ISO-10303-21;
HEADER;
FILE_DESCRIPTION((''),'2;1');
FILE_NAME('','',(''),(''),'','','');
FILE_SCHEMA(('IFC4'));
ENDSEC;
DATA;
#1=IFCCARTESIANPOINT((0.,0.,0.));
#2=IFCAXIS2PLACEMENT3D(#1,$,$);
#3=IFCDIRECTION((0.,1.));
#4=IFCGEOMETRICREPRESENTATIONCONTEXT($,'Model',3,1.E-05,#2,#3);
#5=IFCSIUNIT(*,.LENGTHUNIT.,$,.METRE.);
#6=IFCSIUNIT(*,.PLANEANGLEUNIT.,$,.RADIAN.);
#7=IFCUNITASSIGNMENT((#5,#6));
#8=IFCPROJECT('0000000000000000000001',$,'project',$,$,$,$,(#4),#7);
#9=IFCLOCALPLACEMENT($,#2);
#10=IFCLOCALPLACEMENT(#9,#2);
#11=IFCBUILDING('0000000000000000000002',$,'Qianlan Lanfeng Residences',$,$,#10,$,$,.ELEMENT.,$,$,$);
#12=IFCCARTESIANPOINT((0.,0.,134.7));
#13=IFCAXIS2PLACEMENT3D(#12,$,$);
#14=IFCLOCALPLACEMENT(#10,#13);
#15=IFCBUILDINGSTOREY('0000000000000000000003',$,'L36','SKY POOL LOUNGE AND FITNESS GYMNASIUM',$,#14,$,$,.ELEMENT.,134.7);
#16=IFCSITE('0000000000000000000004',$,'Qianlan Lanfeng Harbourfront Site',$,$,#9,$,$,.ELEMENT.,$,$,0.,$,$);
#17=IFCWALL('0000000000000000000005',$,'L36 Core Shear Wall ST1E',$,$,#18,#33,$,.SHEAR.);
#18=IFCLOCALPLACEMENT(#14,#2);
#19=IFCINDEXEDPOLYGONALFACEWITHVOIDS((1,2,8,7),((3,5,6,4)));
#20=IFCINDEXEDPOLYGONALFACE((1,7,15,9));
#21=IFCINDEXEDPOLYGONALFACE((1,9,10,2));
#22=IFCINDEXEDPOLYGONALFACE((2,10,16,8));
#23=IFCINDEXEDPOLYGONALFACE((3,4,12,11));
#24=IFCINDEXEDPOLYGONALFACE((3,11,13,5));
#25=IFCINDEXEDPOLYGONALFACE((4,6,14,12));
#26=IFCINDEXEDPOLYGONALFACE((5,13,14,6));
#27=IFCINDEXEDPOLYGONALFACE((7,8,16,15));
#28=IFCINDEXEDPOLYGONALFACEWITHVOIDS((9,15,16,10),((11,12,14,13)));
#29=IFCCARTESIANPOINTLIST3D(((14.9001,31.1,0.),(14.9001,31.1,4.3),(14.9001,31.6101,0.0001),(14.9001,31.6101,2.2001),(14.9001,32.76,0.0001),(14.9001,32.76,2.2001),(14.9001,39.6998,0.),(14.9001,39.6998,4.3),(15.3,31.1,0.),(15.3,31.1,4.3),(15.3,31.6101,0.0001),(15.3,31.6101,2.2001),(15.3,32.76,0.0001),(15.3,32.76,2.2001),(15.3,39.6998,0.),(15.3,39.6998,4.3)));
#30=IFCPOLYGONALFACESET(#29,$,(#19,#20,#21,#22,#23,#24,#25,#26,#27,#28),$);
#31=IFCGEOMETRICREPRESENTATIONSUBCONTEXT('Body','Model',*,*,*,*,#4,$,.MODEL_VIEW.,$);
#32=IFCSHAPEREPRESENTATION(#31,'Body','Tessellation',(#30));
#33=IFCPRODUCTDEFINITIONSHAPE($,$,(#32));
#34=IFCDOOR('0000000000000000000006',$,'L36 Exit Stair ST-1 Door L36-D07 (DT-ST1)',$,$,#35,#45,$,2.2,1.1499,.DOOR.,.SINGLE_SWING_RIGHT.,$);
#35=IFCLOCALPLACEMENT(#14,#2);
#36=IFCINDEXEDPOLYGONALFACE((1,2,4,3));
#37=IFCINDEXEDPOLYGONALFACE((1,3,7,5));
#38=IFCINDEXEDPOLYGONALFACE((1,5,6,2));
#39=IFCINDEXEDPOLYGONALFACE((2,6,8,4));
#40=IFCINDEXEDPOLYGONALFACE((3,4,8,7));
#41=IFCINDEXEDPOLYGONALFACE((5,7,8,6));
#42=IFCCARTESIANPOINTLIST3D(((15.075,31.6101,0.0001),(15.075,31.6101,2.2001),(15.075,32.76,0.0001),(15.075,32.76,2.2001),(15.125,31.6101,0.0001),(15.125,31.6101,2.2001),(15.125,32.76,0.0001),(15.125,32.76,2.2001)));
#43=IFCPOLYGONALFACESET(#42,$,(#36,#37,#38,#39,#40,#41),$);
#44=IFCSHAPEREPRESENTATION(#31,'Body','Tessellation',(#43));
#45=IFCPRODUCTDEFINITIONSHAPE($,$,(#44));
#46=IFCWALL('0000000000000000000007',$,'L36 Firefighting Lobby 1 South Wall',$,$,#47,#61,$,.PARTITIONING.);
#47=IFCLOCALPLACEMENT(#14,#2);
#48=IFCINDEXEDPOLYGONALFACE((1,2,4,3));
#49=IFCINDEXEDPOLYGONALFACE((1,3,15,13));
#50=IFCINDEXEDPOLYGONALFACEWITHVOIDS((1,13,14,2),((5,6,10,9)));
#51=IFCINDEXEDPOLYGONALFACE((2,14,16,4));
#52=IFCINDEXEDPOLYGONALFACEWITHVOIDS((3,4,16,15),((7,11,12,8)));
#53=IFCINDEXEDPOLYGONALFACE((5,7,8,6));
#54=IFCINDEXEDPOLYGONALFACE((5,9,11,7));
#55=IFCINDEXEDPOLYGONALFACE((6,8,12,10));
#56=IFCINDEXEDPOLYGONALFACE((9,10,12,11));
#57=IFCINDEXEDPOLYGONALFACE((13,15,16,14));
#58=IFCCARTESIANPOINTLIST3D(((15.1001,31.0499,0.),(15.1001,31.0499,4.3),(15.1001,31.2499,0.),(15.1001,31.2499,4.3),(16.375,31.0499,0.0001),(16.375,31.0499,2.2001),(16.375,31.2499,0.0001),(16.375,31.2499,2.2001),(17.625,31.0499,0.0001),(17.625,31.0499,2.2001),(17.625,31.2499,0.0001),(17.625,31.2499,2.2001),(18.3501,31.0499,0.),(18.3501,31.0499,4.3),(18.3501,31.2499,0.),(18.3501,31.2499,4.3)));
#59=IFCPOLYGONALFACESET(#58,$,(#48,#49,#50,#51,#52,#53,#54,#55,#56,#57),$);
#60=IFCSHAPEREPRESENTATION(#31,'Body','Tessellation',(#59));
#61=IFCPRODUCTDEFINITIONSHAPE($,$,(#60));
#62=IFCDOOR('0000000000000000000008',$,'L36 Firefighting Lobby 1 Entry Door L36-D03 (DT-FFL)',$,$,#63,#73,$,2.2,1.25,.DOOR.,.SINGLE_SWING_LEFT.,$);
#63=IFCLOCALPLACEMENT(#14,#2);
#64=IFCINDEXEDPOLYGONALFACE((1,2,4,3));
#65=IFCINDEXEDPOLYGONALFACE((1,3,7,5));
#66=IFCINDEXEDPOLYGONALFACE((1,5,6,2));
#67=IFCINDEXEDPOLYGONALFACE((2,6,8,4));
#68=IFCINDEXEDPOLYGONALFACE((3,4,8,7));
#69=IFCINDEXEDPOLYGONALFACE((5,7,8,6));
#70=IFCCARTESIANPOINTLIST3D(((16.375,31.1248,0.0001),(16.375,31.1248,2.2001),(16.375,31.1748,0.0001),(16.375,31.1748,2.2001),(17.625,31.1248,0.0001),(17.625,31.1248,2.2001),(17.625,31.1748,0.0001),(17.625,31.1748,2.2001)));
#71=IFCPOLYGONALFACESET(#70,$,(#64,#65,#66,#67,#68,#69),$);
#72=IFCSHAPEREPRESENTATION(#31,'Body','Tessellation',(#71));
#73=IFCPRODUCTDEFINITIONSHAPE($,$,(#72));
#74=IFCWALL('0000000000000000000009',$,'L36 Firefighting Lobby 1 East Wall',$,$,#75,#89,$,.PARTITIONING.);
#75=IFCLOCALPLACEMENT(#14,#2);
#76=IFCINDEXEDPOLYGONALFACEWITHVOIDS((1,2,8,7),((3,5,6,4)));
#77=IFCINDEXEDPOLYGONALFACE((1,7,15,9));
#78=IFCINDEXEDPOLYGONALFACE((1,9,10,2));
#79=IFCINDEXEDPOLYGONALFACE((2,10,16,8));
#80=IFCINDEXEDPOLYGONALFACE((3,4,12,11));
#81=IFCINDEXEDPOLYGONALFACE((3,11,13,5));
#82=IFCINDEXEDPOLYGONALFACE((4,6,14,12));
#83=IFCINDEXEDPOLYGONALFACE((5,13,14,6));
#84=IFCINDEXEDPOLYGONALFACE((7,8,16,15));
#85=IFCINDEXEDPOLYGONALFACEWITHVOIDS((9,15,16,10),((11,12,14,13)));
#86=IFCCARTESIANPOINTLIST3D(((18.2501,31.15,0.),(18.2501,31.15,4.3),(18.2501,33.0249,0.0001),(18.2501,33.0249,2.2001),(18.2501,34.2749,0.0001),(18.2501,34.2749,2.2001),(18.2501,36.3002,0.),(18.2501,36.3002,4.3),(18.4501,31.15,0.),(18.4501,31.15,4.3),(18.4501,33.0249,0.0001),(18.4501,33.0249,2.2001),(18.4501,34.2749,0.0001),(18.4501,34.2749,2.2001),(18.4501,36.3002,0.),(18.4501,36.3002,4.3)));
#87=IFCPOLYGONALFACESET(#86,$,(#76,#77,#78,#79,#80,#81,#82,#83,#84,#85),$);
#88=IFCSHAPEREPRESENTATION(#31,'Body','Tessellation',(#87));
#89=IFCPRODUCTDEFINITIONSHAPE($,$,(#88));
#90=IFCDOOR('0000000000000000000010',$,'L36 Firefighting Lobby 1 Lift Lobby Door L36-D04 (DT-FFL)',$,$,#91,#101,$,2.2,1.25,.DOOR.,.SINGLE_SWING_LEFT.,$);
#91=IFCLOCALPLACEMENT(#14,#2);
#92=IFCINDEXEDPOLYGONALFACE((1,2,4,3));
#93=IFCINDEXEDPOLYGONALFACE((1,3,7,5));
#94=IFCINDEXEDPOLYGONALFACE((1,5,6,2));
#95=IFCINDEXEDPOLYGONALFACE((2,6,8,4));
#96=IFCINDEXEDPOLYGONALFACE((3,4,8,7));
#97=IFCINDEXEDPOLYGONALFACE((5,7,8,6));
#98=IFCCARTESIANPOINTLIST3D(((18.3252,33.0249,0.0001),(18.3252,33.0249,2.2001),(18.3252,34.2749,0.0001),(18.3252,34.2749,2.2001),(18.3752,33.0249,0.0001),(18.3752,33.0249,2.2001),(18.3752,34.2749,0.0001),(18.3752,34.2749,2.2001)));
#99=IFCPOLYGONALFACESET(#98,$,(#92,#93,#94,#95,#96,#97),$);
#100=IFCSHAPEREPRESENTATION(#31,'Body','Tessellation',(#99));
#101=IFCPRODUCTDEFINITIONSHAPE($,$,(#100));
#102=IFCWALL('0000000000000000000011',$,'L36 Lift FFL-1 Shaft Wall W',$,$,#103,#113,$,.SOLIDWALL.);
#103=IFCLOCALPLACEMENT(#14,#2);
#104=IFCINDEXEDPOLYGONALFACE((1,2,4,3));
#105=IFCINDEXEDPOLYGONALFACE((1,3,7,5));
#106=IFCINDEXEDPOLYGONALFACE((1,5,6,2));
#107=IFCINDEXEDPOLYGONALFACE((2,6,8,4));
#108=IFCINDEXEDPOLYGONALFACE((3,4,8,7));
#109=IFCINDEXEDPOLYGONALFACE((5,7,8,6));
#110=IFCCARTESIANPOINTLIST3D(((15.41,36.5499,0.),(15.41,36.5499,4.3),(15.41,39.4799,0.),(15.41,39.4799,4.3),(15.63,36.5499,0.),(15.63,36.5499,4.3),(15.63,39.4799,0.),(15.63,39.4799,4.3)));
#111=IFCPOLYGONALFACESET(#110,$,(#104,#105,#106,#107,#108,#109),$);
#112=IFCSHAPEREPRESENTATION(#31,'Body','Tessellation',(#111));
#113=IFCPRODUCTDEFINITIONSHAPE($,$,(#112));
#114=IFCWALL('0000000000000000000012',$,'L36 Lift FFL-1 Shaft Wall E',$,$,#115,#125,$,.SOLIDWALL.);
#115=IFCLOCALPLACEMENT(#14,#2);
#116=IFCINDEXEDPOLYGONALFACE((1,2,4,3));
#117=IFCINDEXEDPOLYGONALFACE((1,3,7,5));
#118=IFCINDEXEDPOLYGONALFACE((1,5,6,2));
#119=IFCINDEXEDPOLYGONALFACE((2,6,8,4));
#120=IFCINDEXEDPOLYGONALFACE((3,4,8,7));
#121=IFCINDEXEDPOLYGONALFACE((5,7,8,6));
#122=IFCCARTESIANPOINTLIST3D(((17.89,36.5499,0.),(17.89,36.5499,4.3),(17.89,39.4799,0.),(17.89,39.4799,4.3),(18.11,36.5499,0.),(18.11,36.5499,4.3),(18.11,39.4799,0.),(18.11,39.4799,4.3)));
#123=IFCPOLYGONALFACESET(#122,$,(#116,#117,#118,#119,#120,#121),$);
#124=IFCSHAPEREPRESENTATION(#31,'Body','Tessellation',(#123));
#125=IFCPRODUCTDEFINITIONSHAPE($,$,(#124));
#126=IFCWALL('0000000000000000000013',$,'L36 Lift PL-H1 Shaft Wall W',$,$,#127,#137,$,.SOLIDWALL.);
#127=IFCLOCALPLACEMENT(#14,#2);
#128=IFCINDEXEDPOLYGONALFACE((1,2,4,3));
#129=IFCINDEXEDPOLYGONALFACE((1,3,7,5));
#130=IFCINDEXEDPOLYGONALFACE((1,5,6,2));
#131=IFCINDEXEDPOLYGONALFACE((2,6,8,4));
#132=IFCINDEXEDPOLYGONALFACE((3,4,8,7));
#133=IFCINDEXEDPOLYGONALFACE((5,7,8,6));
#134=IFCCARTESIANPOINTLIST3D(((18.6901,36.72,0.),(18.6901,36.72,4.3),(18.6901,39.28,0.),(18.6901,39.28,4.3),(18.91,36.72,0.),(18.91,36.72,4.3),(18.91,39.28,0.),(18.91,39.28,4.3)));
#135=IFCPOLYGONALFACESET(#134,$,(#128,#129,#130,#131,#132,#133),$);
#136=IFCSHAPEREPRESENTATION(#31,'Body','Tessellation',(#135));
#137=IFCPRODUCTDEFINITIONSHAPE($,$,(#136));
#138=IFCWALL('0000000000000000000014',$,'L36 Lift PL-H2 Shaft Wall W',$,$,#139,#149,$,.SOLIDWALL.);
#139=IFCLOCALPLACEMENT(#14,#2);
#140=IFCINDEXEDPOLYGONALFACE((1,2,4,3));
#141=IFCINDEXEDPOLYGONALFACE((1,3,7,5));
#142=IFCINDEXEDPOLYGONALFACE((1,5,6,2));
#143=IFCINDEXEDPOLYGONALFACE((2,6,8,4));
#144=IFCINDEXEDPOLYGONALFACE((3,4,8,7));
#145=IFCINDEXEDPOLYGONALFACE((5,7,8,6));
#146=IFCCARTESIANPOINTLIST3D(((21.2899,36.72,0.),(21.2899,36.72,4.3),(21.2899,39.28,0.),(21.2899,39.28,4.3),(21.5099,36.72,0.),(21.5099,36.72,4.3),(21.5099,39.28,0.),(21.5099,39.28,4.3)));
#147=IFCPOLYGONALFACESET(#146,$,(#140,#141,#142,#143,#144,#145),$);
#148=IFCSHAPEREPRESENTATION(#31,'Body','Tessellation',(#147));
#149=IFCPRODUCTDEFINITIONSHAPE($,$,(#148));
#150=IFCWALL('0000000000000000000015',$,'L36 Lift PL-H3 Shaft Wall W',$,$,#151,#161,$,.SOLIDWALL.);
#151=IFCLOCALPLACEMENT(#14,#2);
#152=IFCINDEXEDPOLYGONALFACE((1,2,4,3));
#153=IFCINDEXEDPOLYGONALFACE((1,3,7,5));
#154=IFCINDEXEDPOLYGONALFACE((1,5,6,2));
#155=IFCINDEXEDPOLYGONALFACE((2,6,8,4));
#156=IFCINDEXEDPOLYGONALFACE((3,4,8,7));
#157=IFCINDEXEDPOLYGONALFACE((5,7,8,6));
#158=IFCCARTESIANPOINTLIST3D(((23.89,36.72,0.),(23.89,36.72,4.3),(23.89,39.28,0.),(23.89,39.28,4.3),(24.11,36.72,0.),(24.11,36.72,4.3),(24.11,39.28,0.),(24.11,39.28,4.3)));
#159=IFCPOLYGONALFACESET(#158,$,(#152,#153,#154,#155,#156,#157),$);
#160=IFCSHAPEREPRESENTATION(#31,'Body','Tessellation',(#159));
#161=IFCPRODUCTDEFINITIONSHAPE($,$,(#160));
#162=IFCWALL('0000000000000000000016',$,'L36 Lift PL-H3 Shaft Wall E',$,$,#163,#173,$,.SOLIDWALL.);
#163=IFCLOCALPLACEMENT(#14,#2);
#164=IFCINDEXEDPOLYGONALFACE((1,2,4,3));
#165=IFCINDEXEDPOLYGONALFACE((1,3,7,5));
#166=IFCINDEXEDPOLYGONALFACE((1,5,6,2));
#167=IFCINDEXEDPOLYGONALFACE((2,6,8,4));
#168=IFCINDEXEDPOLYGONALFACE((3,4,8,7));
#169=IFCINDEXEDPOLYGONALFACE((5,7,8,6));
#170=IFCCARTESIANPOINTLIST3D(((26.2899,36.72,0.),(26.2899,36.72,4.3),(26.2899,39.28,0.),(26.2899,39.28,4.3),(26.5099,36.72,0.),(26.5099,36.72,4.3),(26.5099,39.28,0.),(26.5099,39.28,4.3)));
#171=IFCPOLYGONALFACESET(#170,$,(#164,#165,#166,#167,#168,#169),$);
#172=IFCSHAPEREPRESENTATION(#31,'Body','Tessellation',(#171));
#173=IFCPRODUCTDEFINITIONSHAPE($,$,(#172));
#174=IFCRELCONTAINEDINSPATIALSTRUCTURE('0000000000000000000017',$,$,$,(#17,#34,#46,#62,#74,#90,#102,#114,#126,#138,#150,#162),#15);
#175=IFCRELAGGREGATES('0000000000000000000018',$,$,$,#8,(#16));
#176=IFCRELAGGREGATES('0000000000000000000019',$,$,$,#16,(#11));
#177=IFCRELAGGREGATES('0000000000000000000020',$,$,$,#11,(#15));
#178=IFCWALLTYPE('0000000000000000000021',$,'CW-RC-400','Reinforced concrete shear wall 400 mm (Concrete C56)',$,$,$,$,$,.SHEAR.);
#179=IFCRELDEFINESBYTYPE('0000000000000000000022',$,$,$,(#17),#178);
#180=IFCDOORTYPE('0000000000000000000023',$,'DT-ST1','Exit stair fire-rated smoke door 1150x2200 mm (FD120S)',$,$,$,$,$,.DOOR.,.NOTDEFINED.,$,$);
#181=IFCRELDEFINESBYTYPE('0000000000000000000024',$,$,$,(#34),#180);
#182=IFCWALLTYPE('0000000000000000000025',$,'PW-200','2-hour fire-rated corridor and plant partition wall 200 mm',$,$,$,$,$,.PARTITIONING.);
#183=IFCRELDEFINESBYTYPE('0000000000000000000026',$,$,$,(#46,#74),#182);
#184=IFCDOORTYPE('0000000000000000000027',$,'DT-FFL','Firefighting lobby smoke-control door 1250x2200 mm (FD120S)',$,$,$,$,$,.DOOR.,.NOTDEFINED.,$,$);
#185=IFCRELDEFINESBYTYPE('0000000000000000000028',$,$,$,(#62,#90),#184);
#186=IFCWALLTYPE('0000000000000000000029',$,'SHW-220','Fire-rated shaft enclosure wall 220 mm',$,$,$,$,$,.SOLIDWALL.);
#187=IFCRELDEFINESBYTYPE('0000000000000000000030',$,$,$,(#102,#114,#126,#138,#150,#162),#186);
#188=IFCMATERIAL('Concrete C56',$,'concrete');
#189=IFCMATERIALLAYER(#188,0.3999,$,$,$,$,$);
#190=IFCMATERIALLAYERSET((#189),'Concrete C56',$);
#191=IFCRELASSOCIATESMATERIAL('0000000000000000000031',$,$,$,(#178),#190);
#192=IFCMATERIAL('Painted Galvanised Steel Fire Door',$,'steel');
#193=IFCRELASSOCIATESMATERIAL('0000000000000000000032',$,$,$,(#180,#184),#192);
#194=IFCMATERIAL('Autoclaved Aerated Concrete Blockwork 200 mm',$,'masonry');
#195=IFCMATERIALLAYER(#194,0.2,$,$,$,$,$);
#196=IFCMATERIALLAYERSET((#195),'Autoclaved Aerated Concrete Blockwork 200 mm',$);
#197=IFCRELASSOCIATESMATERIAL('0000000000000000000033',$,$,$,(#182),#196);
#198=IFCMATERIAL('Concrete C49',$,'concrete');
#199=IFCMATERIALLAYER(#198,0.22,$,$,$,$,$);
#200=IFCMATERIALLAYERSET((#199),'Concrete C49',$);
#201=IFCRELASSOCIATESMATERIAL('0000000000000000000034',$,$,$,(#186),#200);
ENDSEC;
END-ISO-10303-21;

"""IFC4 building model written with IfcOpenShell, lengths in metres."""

from ifc_helpers import new_model, si_unit, direction, frame, frame_2d, origin, place, context, subcontext, project, spatial, rectangle, extrude, material, layer, layer_set, type_object, element, fill, save


model = new_model("IFC4")

# Units and contexts
model_context = context("Model", 3, precision=1e-05, world=origin(), true_north=direction((0.0, 1.0)))
body_context = subcontext(model_context, "Body", "Model", "MODEL_VIEW")
ifc_project = project(units=[si_unit("LENGTHUNIT", "METRE"), si_unit("PLANEANGLEUNIT", "RADIAN")], contexts=[model_context])

# Site, building, storey
site_placement = place(None, origin())
site = spatial("IfcSite", under=ifc_project, at=site_placement, Name="Qianlan Lanfeng Harbourfront Site", CompositionType="ELEMENT", RefElevation=0.0)
building_placement = place(site_placement, origin())
building = spatial("IfcBuilding", under=site, at=building_placement, Name="Qianlan Lanfeng Residences", CompositionType="ELEMENT")
storey_placement = place(building_placement, frame((0.0, 0.0, 134.7)))
storey = spatial("IfcBuildingStorey", under=building, at=storey_placement, Name="L36", Description="SKY POOL LOUNGE AND FITNESS GYMNASIUM", CompositionType="ELEMENT", Elevation=134.7)

# Wall, opening, door
ifc_material_1 = material(Name="Concrete C56", Category="concrete")
ifc_layer_1 = layer(ifc_material_1, 0.3999)
ifc_layer_set_1 = layer_set([ifc_layer_1], Name="Concrete C56")
wall_type_1 = type_object("IfcWallType", Name="CW-RC-400", Description="Reinforced concrete shear wall 400 mm (Concrete C56)", PredefinedType="SHEAR", material=ifc_layer_set_1)
wall_1_placement = place(storey_placement, frame((15.1001, 31.1001, 0.0), z_axis=(0.0, 0.0, 1.0), x_axis=(0.0, 1.0, 0.0)))
wall_1 = element("IfcWall", 1, at=wall_1_placement, inside=storey, type_object=wall_type_1, Name="L36 Core Shear Wall ST1E", PredefinedType="SHEAR", context=body_context, shape_type="SweptSolid", body=[
    extrude(rectangle(XDim=8.5999, YDim=0.3999, at=frame_2d((4.2998, 0.0))), origin(), (0.0, 0.0, 1.0), 4.3),
])
opening_1_placement = place(wall_1_placement, frame((0.51, 0.0, 0.0)))
opening_1 = element("IfcOpeningElement", 2, at=opening_1_placement, cuts=wall_1, PredefinedType="OPENING", context=body_context, shape_type="SweptSolid", body=[
    extrude(rectangle(XDim=1.1499, YDim=2.2, at=frame_2d((0.575, 1.1001))), frame((0.0, 0.21, 0.0), z_axis=(0.0, -1.0, 0.0), x_axis=(1.0, 0.0, 0.0)), (0.0, 0.0, 1.0), 0.4199),
])
ifc_material_2 = material(Name="Painted Galvanised Steel Fire Door", Category="steel")
door_type_1 = type_object("IfcDoorType", Name="DT-ST1", Description="Exit stair fire-rated smoke door 1150x2200 mm (FD120S)", OperationType="NOTDEFINED", PredefinedType="DOOR", material=ifc_material_2)
door_1_placement = place(opening_1_placement, frame((1.1499, 0.0, 0.0), z_axis=(0.0, 0.0, 1.0), x_axis=(-1.0, 0.0, 0.0)))
door_1 = element("IfcDoor", 3, at=door_1_placement, inside=storey, type_object=door_type_1, Name="L36 Exit Stair ST-1 Door L36-D07 (DT-ST1)", OperationType="SINGLE_SWING_RIGHT", OverallHeight=2.2, OverallWidth=1.1499, PredefinedType="DOOR", context=body_context, shape_type="SweptSolid", body=[
    extrude(rectangle(XDim=1.1499, YDim=2.2, at=frame_2d((0.575, 1.1001))), frame((0.0, 0.0249, 0.0), z_axis=(0.0, -1.0, 0.0), x_axis=(1.0, 0.0, 0.0)), (0.0, 0.0, 1.0), 0.05),
])
fill(opening_1, door_1)

# Walls, openings, doors
ifc_material_3 = material(Name="Autoclaved Aerated Concrete Blockwork 200 mm", Category="masonry")
ifc_layer_2 = layer(ifc_material_3, 0.2)
ifc_layer_set_2 = layer_set([ifc_layer_2], Name="Autoclaved Aerated Concrete Blockwork 200 mm")
wall_type_2 = type_object("IfcWallType", Name="PW-200", Description="2-hour fire-rated corridor and plant partition wall 200 mm", PredefinedType="PARTITIONING", material=ifc_layer_set_2)
wall_2_placement = place(storey_placement, frame((15.1001, 31.1499, 0.0), z_axis=(0.0, 0.0, 1.0), x_axis=(1.0, 0.0, 0.0)))
wall_2 = element("IfcWall", 4, at=wall_2_placement, inside=storey, type_object=wall_type_2, Name="L36 Firefighting Lobby 1 South Wall", PredefinedType="PARTITIONING", context=body_context, shape_type="SweptSolid", body=[
    extrude(rectangle(XDim=3.25, YDim=0.2, at=frame_2d((1.625, 0.0))), origin(), (0.0, 0.0, 1.0), 4.3),
])
opening_2_placement = place(wall_2_placement, frame((1.2749, 0.0, 0.0)))
opening_2 = element("IfcOpeningElement", 5, at=opening_2_placement, cuts=wall_2, PredefinedType="OPENING", context=body_context, shape_type="SweptSolid", body=[
    extrude(rectangle(XDim=1.25, YDim=2.2, at=frame_2d((0.625, 1.1001))), frame((0.0, 0.1099, 0.0), z_axis=(0.0, -1.0, 0.0), x_axis=(1.0, 0.0, 0.0)), (0.0, 0.0, 1.0), 0.22),
])
door_type_2 = type_object("IfcDoorType", Name="DT-FFL", Description="Firefighting lobby smoke-control door 1250x2200 mm (FD120S)", OperationType="NOTDEFINED", PredefinedType="DOOR", material=ifc_material_2)
door_2_placement = place(opening_2_placement, origin())
door_2 = element("IfcDoor", 6, at=door_2_placement, inside=storey, type_object=door_type_2, Name="L36 Firefighting Lobby 1 Entry Door L36-D03 (DT-FFL)", OperationType="SINGLE_SWING_LEFT", OverallHeight=2.2, OverallWidth=1.25, PredefinedType="DOOR", context=body_context, shape_type="SweptSolid", body=[
    extrude(rectangle(XDim=1.25, YDim=2.2, at=frame_2d((0.625, 1.1001))), frame((0.0, 0.0249, 0.0), z_axis=(0.0, -1.0, 0.0), x_axis=(1.0, 0.0, 0.0)), (0.0, 0.0, 1.0), 0.05),
])
fill(opening_2, door_2)
wall_3_placement = place(storey_placement, frame((18.3501, 31.1499, 0.0), z_axis=(0.0, 0.0, 1.0), x_axis=(0.0, 1.0, 0.0)))
wall_3 = element("IfcWall", 7, at=wall_3_placement, inside=storey, type_object=wall_type_2, Name="L36 Firefighting Lobby 1 East Wall", PredefinedType="PARTITIONING", context=body_context, shape_type="SweptSolid", body=[
    extrude(rectangle(XDim=5.1501, YDim=0.2, at=frame_2d((2.5752, 0.0))), origin(), (0.0, 0.0, 1.0), 4.3),
])
opening_3_placement = place(wall_3_placement, frame((1.875, 0.0, 0.0)))
opening_3 = element("IfcOpeningElement", 8, at=opening_3_placement, cuts=wall_3, PredefinedType="OPENING", context=body_context, shape_type="SweptSolid", body=[
    extrude(rectangle(XDim=1.25, YDim=2.2, at=frame_2d((0.625, 1.1001))), frame((0.0, 0.1099, 0.0), z_axis=(0.0, -1.0, 0.0), x_axis=(1.0, 0.0, 0.0)), (0.0, 0.0, 1.0), 0.22),
])
door_3_placement = place(opening_3_placement, origin())
door_3 = element("IfcDoor", 9, at=door_3_placement, inside=storey, type_object=door_type_2, Name="L36 Firefighting Lobby 1 Lift Lobby Door L36-D04 (DT-FFL)", OperationType="SINGLE_SWING_LEFT", OverallHeight=2.2, OverallWidth=1.25, PredefinedType="DOOR", context=body_context, shape_type="SweptSolid", body=[
    extrude(rectangle(XDim=1.25, YDim=2.2, at=frame_2d((0.625, 1.1001))), frame((0.0, 0.0249, 0.0), z_axis=(0.0, -1.0, 0.0), x_axis=(1.0, 0.0, 0.0)), (0.0, 0.0, 1.0), 0.05),
])
fill(opening_3, door_3)

# Walls
ifc_material_4 = material(Name="Concrete C49", Category="concrete")
ifc_layer_3 = layer(ifc_material_4, 0.22)
ifc_layer_set_3 = layer_set([ifc_layer_3], Name="Concrete C49")
wall_type_3 = type_object("IfcWallType", Name="SHW-220", Description="Fire-rated shaft enclosure wall 220 mm", PredefinedType="SOLIDWALL", material=ifc_layer_set_3)
for number, where, z_axis, x_axis, name in (
    (10, (15.52, 36.55, 0.0), (0.0, 0.0, 1.0), (0.0, 1.0, 0.0), "L36 Lift FFL-1 Shaft Wall W"),
    (11, (18.0, 36.55, 0.0), (0.0, 0.0, 1.0), (0.0, 1.0, 0.0), "L36 Lift FFL-1 Shaft Wall E"),
):
    element("IfcWall", number, at=place(storey_placement, frame(where, z_axis=z_axis, x_axis=x_axis)), inside=storey, type_object=wall_type_3, Name=name, PredefinedType="SOLIDWALL", context=body_context, shape_type="SweptSolid", body=[
        extrude(rectangle(XDim=2.9299, YDim=0.22, at=frame_2d((1.4648, 0.0))), origin(), (0.0, 0.0, 1.0), 4.3),
    ])
for number, where, z_axis, x_axis, name in (
    (12, (18.8, 36.72, 0.0), (0.0, 0.0, 1.0), (0.0, 1.0, 0.0), "L36 Lift PL-H1 Shaft Wall W"),
    (13, (21.3999, 36.72, 0.0), (0.0, 0.0, 1.0), (0.0, 1.0, 0.0), "L36 Lift PL-H2 Shaft Wall W"),
    (14, (24.0, 36.72, 0.0), (0.0, 0.0, 1.0), (0.0, 1.0, 0.0), "L36 Lift PL-H3 Shaft Wall W"),
    (15, (26.3999, 36.72, 0.0), (0.0, 0.0, 1.0), (0.0, 1.0, 0.0), "L36 Lift PL-H3 Shaft Wall E"),
):
    element("IfcWall", number, at=place(storey_placement, frame(where, z_axis=z_axis, x_axis=x_axis)), inside=storey, type_object=wall_type_3, Name=name, PredefinedType="SOLIDWALL", context=body_context, shape_type="SweptSolid", body=[
        extrude(rectangle(XDim=2.5601, YDim=0.22, at=frame_2d((1.28, 0.0))), origin(), (0.0, 0.0, 1.0), 4.3),
    ])

save(model, "model.ifc")
